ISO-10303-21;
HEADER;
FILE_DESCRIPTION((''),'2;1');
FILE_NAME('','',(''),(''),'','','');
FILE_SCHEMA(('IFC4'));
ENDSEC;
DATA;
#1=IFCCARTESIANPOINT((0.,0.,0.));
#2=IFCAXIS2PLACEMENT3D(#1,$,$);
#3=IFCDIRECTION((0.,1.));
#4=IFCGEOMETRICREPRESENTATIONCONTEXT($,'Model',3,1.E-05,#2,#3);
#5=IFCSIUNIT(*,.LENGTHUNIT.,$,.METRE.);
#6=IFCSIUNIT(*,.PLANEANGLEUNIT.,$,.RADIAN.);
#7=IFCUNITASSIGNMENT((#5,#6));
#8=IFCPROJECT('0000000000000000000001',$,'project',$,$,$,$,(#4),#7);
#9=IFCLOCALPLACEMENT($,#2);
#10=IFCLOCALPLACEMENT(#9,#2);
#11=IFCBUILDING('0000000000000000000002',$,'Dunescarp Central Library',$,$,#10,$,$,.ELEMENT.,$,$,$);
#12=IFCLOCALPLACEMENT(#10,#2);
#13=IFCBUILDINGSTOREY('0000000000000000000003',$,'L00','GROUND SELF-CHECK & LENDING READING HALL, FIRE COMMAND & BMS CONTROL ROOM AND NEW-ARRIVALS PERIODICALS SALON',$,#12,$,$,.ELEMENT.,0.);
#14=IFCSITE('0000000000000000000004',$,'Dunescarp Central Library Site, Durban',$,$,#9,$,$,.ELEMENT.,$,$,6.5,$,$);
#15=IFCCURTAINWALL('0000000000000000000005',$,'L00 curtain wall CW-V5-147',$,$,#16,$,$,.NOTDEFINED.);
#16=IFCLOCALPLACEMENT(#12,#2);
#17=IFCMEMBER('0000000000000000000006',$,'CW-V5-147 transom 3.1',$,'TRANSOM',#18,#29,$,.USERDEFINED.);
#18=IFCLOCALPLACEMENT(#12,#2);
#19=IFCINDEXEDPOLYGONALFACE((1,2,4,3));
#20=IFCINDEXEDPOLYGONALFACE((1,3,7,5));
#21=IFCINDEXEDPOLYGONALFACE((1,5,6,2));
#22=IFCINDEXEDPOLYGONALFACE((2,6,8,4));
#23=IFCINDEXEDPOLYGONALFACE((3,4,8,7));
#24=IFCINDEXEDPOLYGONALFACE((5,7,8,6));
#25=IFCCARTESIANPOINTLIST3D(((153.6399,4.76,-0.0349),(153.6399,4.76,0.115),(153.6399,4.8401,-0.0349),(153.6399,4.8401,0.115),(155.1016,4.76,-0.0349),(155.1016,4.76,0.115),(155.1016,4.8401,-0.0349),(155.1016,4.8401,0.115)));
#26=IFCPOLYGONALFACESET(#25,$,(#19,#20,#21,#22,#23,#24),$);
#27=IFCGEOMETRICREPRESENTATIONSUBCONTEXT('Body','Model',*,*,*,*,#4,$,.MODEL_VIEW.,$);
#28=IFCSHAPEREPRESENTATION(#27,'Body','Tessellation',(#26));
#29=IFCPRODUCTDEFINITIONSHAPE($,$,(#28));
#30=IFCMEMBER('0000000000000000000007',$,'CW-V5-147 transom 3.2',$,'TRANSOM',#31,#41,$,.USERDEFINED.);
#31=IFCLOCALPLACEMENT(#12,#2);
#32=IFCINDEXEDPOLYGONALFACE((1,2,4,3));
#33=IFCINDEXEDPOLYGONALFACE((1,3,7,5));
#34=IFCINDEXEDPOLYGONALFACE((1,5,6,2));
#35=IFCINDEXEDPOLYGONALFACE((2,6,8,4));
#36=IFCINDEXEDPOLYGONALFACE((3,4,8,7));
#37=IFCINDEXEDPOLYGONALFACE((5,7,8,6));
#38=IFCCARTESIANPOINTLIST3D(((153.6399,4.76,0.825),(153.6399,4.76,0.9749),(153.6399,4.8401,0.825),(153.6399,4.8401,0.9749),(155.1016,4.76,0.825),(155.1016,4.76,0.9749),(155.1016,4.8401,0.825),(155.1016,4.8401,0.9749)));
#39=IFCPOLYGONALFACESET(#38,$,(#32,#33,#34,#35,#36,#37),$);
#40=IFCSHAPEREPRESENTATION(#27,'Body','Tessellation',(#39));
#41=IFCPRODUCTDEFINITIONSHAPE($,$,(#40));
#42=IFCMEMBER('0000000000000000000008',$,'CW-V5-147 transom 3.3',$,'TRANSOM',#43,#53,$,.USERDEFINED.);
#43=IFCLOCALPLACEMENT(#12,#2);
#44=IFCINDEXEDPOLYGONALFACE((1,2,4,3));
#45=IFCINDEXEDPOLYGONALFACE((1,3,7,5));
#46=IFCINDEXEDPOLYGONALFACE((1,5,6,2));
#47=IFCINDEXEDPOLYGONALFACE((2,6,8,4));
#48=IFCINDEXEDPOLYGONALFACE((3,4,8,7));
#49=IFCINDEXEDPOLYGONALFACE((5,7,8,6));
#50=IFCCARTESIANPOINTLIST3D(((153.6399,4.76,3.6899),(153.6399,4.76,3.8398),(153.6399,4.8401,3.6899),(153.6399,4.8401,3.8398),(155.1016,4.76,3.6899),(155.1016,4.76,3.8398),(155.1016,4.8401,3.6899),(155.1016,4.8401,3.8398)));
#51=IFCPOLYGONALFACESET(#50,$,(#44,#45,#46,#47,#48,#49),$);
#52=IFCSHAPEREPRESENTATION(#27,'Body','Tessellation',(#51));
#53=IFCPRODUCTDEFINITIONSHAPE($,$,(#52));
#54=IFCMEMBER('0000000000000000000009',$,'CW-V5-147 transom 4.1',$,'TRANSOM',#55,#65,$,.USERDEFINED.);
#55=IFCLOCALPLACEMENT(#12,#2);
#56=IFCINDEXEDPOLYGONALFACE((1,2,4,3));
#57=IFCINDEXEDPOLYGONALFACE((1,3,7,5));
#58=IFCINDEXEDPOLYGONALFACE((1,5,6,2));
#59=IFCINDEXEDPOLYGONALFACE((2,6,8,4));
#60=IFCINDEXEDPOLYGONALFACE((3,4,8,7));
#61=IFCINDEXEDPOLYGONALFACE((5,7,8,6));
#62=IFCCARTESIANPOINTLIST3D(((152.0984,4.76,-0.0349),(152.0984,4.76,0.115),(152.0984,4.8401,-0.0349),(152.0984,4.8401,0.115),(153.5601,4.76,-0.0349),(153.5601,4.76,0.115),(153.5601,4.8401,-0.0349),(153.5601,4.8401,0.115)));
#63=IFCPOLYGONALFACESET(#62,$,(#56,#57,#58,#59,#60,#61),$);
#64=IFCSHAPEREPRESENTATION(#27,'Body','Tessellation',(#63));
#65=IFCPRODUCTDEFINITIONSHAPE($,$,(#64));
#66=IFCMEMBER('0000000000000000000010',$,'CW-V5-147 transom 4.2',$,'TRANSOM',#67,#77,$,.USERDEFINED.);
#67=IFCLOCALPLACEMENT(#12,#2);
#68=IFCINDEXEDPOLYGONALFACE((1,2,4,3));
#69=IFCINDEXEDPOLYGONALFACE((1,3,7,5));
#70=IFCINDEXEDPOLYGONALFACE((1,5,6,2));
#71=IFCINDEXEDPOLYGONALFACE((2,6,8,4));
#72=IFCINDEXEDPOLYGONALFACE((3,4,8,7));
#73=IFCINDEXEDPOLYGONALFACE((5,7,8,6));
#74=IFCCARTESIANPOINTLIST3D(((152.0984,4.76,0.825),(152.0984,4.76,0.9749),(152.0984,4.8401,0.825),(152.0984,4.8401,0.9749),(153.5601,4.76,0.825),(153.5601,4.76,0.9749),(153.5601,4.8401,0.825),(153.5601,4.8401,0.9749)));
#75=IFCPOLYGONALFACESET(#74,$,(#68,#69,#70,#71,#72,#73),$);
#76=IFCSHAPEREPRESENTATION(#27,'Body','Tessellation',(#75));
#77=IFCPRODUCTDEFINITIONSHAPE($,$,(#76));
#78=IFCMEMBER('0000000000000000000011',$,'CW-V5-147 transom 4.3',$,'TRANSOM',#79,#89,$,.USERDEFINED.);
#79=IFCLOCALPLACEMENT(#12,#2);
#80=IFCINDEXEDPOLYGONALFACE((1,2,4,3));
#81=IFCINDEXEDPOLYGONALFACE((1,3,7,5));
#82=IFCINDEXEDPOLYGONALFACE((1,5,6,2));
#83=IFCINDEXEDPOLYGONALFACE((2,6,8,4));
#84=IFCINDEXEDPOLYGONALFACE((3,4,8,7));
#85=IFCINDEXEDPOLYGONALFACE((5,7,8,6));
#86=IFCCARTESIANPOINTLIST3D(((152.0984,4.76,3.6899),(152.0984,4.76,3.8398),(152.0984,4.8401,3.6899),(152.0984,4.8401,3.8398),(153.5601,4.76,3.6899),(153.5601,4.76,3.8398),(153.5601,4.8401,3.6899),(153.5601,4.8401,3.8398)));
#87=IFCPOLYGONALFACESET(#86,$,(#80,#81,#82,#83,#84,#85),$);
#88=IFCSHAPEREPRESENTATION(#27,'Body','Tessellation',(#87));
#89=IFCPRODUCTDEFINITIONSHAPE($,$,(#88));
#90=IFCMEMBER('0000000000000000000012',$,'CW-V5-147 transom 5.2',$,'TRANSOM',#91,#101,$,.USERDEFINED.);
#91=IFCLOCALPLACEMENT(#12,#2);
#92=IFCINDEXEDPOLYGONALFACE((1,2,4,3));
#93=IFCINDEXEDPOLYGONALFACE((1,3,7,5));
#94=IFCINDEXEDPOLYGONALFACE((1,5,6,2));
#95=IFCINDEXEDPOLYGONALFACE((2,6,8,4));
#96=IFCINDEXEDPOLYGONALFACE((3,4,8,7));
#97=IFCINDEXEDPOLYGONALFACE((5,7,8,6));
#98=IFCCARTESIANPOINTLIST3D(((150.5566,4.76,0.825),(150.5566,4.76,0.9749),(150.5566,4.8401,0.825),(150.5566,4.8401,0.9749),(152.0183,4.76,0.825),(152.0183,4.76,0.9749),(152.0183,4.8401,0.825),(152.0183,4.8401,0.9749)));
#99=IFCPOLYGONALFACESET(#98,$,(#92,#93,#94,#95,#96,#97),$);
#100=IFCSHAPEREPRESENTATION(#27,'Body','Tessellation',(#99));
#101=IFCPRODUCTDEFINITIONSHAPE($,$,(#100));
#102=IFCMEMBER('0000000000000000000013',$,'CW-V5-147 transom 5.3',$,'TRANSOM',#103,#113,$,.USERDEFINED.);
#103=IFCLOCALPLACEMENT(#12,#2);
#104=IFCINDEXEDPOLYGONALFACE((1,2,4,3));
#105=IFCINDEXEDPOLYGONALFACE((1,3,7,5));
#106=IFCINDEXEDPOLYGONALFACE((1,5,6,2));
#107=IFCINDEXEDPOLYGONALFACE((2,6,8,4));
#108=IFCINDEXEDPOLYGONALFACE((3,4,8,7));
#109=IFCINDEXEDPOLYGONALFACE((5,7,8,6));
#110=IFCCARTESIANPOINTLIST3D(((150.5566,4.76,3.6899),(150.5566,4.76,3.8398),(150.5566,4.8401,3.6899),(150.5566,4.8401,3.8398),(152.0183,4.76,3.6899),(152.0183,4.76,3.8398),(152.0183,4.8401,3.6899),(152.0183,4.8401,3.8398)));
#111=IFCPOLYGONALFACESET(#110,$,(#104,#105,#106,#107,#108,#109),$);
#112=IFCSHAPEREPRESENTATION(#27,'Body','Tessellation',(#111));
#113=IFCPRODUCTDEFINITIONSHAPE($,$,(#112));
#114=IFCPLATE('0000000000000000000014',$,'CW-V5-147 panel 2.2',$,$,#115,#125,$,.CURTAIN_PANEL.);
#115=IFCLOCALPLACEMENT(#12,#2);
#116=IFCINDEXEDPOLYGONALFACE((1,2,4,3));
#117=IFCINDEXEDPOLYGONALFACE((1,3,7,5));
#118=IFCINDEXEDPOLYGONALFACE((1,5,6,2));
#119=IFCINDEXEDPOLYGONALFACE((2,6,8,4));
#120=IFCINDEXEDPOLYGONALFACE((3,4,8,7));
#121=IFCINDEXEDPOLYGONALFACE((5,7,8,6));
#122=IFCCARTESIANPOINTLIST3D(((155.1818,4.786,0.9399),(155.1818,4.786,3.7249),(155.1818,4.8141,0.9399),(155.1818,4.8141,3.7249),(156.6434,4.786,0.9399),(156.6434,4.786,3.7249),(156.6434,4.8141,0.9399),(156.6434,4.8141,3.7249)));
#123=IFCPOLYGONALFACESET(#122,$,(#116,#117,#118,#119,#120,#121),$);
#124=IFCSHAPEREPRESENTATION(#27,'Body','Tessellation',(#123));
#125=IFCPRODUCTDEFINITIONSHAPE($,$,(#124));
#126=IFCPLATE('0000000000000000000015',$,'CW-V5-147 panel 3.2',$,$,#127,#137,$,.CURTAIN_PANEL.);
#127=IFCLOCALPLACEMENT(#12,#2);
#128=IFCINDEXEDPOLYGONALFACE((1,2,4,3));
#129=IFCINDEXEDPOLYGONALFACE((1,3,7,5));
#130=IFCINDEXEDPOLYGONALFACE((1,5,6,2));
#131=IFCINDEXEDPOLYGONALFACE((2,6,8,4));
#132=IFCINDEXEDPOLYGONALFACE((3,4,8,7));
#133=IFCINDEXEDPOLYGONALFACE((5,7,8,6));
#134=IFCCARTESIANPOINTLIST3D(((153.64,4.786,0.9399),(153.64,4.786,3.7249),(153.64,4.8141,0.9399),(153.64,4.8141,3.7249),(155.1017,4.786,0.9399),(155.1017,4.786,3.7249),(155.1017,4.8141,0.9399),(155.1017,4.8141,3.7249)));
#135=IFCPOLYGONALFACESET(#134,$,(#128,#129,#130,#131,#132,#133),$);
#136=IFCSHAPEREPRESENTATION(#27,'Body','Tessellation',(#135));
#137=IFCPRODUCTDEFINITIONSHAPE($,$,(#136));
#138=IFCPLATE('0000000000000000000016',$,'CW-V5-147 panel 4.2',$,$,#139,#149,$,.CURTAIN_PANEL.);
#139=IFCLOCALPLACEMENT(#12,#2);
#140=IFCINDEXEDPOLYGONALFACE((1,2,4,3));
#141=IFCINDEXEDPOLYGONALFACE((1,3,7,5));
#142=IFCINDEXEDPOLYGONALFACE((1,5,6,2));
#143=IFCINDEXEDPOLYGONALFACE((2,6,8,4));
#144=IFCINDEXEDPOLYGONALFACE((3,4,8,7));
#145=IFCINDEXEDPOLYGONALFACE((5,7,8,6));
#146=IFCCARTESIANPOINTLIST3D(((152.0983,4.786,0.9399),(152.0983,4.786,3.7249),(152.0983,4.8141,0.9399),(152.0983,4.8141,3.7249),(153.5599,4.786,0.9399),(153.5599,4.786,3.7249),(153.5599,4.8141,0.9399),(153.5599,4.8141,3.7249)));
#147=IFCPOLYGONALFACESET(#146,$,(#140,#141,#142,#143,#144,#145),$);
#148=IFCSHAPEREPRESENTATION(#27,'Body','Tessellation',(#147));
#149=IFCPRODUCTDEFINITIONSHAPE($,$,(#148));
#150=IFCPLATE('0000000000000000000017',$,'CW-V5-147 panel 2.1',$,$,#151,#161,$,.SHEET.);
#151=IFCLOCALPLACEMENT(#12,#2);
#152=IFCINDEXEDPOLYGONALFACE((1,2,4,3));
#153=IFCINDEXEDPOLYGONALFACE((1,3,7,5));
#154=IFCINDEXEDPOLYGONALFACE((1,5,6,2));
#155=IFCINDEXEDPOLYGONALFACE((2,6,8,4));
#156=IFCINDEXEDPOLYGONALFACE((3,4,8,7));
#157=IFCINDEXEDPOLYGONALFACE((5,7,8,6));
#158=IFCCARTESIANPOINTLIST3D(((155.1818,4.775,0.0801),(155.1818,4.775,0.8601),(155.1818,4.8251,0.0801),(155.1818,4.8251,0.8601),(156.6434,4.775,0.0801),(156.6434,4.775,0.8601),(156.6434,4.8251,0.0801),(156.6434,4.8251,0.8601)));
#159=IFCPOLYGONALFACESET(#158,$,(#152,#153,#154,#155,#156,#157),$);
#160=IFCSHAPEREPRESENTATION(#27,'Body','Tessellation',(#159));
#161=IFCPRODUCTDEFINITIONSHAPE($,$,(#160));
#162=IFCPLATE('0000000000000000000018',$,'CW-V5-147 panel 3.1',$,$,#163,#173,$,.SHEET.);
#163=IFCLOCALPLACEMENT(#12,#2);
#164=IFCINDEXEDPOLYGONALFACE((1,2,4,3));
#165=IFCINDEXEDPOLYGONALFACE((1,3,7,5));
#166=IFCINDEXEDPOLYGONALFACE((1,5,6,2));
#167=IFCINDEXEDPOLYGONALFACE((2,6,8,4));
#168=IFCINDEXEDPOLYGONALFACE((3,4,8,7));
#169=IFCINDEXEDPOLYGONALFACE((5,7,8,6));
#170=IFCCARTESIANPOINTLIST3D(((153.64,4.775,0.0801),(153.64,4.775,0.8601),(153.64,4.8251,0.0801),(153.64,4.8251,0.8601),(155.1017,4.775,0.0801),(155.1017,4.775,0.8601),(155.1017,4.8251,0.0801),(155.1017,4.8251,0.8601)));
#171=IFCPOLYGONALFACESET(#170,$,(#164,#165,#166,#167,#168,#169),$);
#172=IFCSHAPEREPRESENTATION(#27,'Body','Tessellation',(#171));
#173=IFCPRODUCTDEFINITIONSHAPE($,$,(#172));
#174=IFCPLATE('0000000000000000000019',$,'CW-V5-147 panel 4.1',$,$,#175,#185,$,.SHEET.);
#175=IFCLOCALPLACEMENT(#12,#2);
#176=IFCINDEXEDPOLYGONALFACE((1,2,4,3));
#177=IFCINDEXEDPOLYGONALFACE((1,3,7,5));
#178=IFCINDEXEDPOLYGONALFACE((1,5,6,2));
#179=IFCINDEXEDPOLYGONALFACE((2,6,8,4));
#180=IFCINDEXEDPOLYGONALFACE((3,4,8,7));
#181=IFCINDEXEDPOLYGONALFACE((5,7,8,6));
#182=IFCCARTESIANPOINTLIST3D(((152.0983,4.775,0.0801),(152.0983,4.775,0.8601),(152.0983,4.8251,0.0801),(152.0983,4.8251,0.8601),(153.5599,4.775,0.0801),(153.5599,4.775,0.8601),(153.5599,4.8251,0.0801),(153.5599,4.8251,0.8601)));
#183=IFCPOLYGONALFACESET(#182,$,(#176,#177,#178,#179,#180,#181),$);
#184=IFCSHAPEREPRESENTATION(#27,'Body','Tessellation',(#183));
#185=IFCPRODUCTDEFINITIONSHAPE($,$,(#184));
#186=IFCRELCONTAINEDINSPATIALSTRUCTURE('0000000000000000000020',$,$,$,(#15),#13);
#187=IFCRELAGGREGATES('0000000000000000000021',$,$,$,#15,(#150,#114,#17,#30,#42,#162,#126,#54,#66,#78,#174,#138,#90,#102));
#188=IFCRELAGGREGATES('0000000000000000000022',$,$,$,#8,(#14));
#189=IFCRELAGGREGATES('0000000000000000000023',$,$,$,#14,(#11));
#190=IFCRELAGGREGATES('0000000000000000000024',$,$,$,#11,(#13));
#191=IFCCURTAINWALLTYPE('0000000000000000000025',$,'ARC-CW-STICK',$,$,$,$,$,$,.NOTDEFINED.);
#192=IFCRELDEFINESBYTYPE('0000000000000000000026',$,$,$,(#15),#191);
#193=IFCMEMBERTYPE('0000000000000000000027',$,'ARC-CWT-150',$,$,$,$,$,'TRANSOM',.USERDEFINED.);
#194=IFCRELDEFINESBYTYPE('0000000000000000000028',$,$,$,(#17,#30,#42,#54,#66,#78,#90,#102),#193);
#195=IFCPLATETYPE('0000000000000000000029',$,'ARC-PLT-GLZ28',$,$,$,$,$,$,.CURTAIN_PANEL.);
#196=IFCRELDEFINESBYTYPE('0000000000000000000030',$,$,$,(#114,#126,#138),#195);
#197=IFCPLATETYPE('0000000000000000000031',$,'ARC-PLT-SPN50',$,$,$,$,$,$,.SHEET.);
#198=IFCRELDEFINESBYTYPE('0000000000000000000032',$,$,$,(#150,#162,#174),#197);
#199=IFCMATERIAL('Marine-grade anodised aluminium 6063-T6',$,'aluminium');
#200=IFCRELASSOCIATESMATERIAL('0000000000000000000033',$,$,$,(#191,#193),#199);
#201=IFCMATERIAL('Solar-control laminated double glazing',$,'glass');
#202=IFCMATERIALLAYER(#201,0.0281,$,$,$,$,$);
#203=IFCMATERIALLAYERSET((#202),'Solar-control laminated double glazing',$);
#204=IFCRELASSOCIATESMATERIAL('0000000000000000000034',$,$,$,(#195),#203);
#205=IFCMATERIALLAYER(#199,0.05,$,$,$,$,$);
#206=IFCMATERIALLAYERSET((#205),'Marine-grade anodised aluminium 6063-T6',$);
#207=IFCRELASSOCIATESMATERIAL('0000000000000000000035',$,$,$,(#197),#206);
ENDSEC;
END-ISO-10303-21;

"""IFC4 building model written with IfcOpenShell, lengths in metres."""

from ifc_helpers import new_model, si_unit, direction, frame, origin, origin_2d, place, context, subcontext, project, spatial, rectangle, extrude, material, layer, layer_set, material_profile, profile_set, type_object, element, aggregate, save


model = new_model("IFC4")

# Units and contexts
model_context = context("Model", 3, precision=1e-05, world=origin(), true_north=direction((0.0, 1.0)))
body_context = subcontext(model_context, "Body", "Model", "MODEL_VIEW")
ifc_project = project(units=[si_unit("LENGTHUNIT", "METRE"), si_unit("PLANEANGLEUNIT", "RADIAN")], contexts=[model_context])

# Site, building, storey
site_placement = place(None, origin())
site = spatial("IfcSite", under=ifc_project, at=site_placement, Name="Dunescarp Central Library Site, Durban", CompositionType="ELEMENT", RefElevation=6.5)
building_placement = place(site_placement, origin())
building = spatial("IfcBuilding", under=site, at=building_placement, Name="Dunescarp Central Library", CompositionType="ELEMENT")
storey_placement = place(building_placement, origin())
storey = spatial("IfcBuildingStorey", under=building, at=storey_placement, Name="L00", Description="GROUND SELF-CHECK & LENDING READING HALL, FIRE COMMAND & BMS CONTROL ROOM AND NEW-ARRIVALS PERIODICALS SALON", CompositionType="ELEMENT", Elevation=0.0)

# Curtain wall, members, plates
ifc_material_1 = material(Name="Marine-grade anodised aluminium 6063-T6", Category="aluminium")
curtain_wall_type = type_object("IfcCurtainWallType", Name="ARC-CW-STICK", PredefinedType="NOTDEFINED", material=ifc_material_1)
curtain_wall_placement = place(storey_placement, origin())
curtain_wall = element("IfcCurtainWall", 1, at=curtain_wall_placement, inside=storey, type_object=curtain_wall_type, Name="L00 curtain wall CW-V5-147", PredefinedType="NOTDEFINED")
ifc_material_profile_1 = material_profile(ifc_material_1, rectangle(XDim=0.0801, YDim=0.1499, at=origin_2d()), Name="AL 80x150")
ifc_profile_set_1 = profile_set([ifc_material_profile_1], Name="Marine-grade anodised aluminium 6063-T6")
member_type_1 = type_object("IfcMemberType", Name="ARC-CWT-150", ElementType="TRANSOM", PredefinedType="USERDEFINED", material=ifc_profile_set_1)
member_1_placement = place(storey_placement, frame((155.1016, 4.8, 0.04), z_axis=(-1.0, 0.0, 0.0), x_axis=(0.0, -1.0, 0.0)))
member_1 = element("IfcMember", 2, at=member_1_placement, type_object=member_type_1, Name="CW-V5-147 transom 3.1", ObjectType="TRANSOM", PredefinedType="USERDEFINED", context=body_context, shape_type="SweptSolid", body=[
    extrude(rectangle(XDim=0.0801, YDim=0.1499, at=origin_2d()), origin(), (0.0, 0.0, 1.0), 1.4617),
])
member_2_placement = place(storey_placement, frame((155.1016, 4.8, 0.8999), z_axis=(-1.0, 0.0, 0.0), x_axis=(0.0, -1.0, 0.0)))
member_2 = element("IfcMember", 3, at=member_2_placement, type_object=member_type_1, Name="CW-V5-147 transom 3.2", ObjectType="TRANSOM", PredefinedType="USERDEFINED", context=body_context, shape_type="SweptSolid", body=[
    extrude(rectangle(XDim=0.0801, YDim=0.1499, at=origin_2d()), origin(), (0.0, 0.0, 1.0), 1.4617),
])
member_3_placement = place(storey_placement, frame((155.1016, 4.8, 3.7649), z_axis=(-1.0, 0.0, 0.0), x_axis=(0.0, -1.0, 0.0)))
member_3 = element("IfcMember", 4, at=member_3_placement, type_object=member_type_1, Name="CW-V5-147 transom 3.3", ObjectType="TRANSOM", PredefinedType="USERDEFINED", context=body_context, shape_type="SweptSolid", body=[
    extrude(rectangle(XDim=0.0801, YDim=0.1499, at=origin_2d()), origin(), (0.0, 0.0, 1.0), 1.4617),
])
member_4_placement = place(storey_placement, frame((153.5601, 4.8, 0.04), z_axis=(-1.0, 0.0, 0.0), x_axis=(0.0, -1.0, 0.0)))
member_4 = element("IfcMember", 5, at=member_4_placement, type_object=member_type_1, Name="CW-V5-147 transom 4.1", ObjectType="TRANSOM", PredefinedType="USERDEFINED", context=body_context, shape_type="SweptSolid", body=[
    extrude(rectangle(XDim=0.0801, YDim=0.1499, at=origin_2d()), origin(), (0.0, 0.0, 1.0), 1.4617),
])
member_5_placement = place(storey_placement, frame((153.5601, 4.8, 0.8999), z_axis=(-1.0, 0.0, 0.0), x_axis=(0.0, -1.0, 0.0)))
member_5 = element("IfcMember", 6, at=member_5_placement, type_object=member_type_1, Name="CW-V5-147 transom 4.2", ObjectType="TRANSOM", PredefinedType="USERDEFINED", context=body_context, shape_type="SweptSolid", body=[
    extrude(rectangle(XDim=0.0801, YDim=0.1499, at=origin_2d()), origin(), (0.0, 0.0, 1.0), 1.4617),
])
member_6_placement = place(storey_placement, frame((153.5601, 4.8, 3.7649), z_axis=(-1.0, 0.0, 0.0), x_axis=(0.0, -1.0, 0.0)))
member_6 = element("IfcMember", 7, at=member_6_placement, type_object=member_type_1, Name="CW-V5-147 transom 4.3", ObjectType="TRANSOM", PredefinedType="USERDEFINED", context=body_context, shape_type="SweptSolid", body=[
    extrude(rectangle(XDim=0.0801, YDim=0.1499, at=origin_2d()), origin(), (0.0, 0.0, 1.0), 1.4617),
])
member_7_placement = place(storey_placement, frame((152.0183, 4.8, 0.8999), z_axis=(-1.0, 0.0, 0.0), x_axis=(0.0, -1.0, 0.0)))
member_7 = element("IfcMember", 8, at=member_7_placement, type_object=member_type_1, Name="CW-V5-147 transom 5.2", ObjectType="TRANSOM", PredefinedType="USERDEFINED", context=body_context, shape_type="SweptSolid", body=[
    extrude(rectangle(XDim=0.0801, YDim=0.1499, at=origin_2d()), origin(), (0.0, 0.0, 1.0), 1.4617),
])
member_8_placement = place(storey_placement, frame((152.0183, 4.8, 3.7649), z_axis=(-1.0, 0.0, 0.0), x_axis=(0.0, -1.0, 0.0)))
member_8 = element("IfcMember", 9, at=member_8_placement, type_object=member_type_1, Name="CW-V5-147 transom 5.3", ObjectType="TRANSOM", PredefinedType="USERDEFINED", context=body_context, shape_type="SweptSolid", body=[
    extrude(rectangle(XDim=0.0801, YDim=0.1499, at=origin_2d()), origin(), (0.0, 0.0, 1.0), 1.4617),
])
ifc_material_2 = material(Name="Solar-control laminated double glazing", Category="glass")
ifc_layer_1 = layer(ifc_material_2, 0.0281)
ifc_layer_set_1 = layer_set([ifc_layer_1], Name="Solar-control laminated double glazing")
plate_type_1 = type_object("IfcPlateType", Name="ARC-PLT-GLZ28", PredefinedType="CURTAIN_PANEL", material=ifc_layer_set_1)
plate_1_placement = place(storey_placement, frame((155.9126, 4.8, 0.9399), z_axis=(0.0, 0.0, 1.0), x_axis=(-1.0, 0.0, 0.0)))
plate_1 = element("IfcPlate", 10, at=plate_1_placement, type_object=plate_type_1, Name="CW-V5-147 panel 2.2", PredefinedType="CURTAIN_PANEL", context=body_context, shape_type="SweptSolid", body=[
    extrude(rectangle(XDim=1.4617, YDim=0.0281, at=origin_2d()), origin(), (0.0, 0.0, 1.0), 2.7849),
])
plate_2_placement = place(storey_placement, frame((154.3708, 4.8, 0.9399), z_axis=(0.0, 0.0, 1.0), x_axis=(-1.0, 0.0, 0.0)))
plate_2 = element("IfcPlate", 11, at=plate_2_placement, type_object=plate_type_1, Name="CW-V5-147 panel 3.2", PredefinedType="CURTAIN_PANEL", context=body_context, shape_type="SweptSolid", body=[
    extrude(rectangle(XDim=1.4617, YDim=0.0281, at=origin_2d()), origin(), (0.0, 0.0, 1.0), 2.7849),
])
plate_3_placement = place(storey_placement, frame((152.8291, 4.8, 0.9399), z_axis=(0.0, 0.0, 1.0), x_axis=(-1.0, 0.0, 0.0)))
plate_3 = element("IfcPlate", 12, at=plate_3_placement, type_object=plate_type_1, Name="CW-V5-147 panel 4.2", PredefinedType="CURTAIN_PANEL", context=body_context, shape_type="SweptSolid", body=[
    extrude(rectangle(XDim=1.4617, YDim=0.0281, at=origin_2d()), origin(), (0.0, 0.0, 1.0), 2.7849),
])
ifc_layer_2 = layer(ifc_material_1, 0.05)
ifc_layer_set_2 = layer_set([ifc_layer_2], Name="Marine-grade anodised aluminium 6063-T6")
plate_type_2 = type_object("IfcPlateType", Name="ARC-PLT-SPN50", PredefinedType="SHEET", material=ifc_layer_set_2)
plate_4_placement = place(storey_placement, frame((155.9126, 4.8, 0.0801), z_axis=(0.0, 0.0, 1.0), x_axis=(-1.0, 0.0, 0.0)))
plate_4 = element("IfcPlate", 13, at=plate_4_placement, type_object=plate_type_2, Name="CW-V5-147 panel 2.1", PredefinedType="SHEET", context=body_context, shape_type="SweptSolid", body=[
    extrude(rectangle(XDim=1.4617, YDim=0.05, at=origin_2d()), origin(), (0.0, 0.0, 1.0), 0.78),
])
plate_5_placement = place(storey_placement, frame((154.3708, 4.8, 0.0801), z_axis=(0.0, 0.0, 1.0), x_axis=(-1.0, 0.0, 0.0)))
plate_5 = element("IfcPlate", 14, at=plate_5_placement, type_object=plate_type_2, Name="CW-V5-147 panel 3.1", PredefinedType="SHEET", context=body_context, shape_type="SweptSolid", body=[
    extrude(rectangle(XDim=1.4617, YDim=0.05, at=origin_2d()), origin(), (0.0, 0.0, 1.0), 0.78),
])
plate_6_placement = place(storey_placement, frame((152.8291, 4.8, 0.0801), z_axis=(0.0, 0.0, 1.0), x_axis=(-1.0, 0.0, 0.0)))
plate_6 = element("IfcPlate", 15, at=plate_6_placement, type_object=plate_type_2, Name="CW-V5-147 panel 4.1", PredefinedType="SHEET", context=body_context, shape_type="SweptSolid", body=[
    extrude(rectangle(XDim=1.4617, YDim=0.05, at=origin_2d()), origin(), (0.0, 0.0, 1.0), 0.78),
])
aggregate(curtain_wall, [plate_4, plate_1, member_1, member_2, member_3, plate_5, plate_2, member_4, member_5, member_6, plate_6, plate_3, member_7, member_8])

save(model, "model.ifc")
